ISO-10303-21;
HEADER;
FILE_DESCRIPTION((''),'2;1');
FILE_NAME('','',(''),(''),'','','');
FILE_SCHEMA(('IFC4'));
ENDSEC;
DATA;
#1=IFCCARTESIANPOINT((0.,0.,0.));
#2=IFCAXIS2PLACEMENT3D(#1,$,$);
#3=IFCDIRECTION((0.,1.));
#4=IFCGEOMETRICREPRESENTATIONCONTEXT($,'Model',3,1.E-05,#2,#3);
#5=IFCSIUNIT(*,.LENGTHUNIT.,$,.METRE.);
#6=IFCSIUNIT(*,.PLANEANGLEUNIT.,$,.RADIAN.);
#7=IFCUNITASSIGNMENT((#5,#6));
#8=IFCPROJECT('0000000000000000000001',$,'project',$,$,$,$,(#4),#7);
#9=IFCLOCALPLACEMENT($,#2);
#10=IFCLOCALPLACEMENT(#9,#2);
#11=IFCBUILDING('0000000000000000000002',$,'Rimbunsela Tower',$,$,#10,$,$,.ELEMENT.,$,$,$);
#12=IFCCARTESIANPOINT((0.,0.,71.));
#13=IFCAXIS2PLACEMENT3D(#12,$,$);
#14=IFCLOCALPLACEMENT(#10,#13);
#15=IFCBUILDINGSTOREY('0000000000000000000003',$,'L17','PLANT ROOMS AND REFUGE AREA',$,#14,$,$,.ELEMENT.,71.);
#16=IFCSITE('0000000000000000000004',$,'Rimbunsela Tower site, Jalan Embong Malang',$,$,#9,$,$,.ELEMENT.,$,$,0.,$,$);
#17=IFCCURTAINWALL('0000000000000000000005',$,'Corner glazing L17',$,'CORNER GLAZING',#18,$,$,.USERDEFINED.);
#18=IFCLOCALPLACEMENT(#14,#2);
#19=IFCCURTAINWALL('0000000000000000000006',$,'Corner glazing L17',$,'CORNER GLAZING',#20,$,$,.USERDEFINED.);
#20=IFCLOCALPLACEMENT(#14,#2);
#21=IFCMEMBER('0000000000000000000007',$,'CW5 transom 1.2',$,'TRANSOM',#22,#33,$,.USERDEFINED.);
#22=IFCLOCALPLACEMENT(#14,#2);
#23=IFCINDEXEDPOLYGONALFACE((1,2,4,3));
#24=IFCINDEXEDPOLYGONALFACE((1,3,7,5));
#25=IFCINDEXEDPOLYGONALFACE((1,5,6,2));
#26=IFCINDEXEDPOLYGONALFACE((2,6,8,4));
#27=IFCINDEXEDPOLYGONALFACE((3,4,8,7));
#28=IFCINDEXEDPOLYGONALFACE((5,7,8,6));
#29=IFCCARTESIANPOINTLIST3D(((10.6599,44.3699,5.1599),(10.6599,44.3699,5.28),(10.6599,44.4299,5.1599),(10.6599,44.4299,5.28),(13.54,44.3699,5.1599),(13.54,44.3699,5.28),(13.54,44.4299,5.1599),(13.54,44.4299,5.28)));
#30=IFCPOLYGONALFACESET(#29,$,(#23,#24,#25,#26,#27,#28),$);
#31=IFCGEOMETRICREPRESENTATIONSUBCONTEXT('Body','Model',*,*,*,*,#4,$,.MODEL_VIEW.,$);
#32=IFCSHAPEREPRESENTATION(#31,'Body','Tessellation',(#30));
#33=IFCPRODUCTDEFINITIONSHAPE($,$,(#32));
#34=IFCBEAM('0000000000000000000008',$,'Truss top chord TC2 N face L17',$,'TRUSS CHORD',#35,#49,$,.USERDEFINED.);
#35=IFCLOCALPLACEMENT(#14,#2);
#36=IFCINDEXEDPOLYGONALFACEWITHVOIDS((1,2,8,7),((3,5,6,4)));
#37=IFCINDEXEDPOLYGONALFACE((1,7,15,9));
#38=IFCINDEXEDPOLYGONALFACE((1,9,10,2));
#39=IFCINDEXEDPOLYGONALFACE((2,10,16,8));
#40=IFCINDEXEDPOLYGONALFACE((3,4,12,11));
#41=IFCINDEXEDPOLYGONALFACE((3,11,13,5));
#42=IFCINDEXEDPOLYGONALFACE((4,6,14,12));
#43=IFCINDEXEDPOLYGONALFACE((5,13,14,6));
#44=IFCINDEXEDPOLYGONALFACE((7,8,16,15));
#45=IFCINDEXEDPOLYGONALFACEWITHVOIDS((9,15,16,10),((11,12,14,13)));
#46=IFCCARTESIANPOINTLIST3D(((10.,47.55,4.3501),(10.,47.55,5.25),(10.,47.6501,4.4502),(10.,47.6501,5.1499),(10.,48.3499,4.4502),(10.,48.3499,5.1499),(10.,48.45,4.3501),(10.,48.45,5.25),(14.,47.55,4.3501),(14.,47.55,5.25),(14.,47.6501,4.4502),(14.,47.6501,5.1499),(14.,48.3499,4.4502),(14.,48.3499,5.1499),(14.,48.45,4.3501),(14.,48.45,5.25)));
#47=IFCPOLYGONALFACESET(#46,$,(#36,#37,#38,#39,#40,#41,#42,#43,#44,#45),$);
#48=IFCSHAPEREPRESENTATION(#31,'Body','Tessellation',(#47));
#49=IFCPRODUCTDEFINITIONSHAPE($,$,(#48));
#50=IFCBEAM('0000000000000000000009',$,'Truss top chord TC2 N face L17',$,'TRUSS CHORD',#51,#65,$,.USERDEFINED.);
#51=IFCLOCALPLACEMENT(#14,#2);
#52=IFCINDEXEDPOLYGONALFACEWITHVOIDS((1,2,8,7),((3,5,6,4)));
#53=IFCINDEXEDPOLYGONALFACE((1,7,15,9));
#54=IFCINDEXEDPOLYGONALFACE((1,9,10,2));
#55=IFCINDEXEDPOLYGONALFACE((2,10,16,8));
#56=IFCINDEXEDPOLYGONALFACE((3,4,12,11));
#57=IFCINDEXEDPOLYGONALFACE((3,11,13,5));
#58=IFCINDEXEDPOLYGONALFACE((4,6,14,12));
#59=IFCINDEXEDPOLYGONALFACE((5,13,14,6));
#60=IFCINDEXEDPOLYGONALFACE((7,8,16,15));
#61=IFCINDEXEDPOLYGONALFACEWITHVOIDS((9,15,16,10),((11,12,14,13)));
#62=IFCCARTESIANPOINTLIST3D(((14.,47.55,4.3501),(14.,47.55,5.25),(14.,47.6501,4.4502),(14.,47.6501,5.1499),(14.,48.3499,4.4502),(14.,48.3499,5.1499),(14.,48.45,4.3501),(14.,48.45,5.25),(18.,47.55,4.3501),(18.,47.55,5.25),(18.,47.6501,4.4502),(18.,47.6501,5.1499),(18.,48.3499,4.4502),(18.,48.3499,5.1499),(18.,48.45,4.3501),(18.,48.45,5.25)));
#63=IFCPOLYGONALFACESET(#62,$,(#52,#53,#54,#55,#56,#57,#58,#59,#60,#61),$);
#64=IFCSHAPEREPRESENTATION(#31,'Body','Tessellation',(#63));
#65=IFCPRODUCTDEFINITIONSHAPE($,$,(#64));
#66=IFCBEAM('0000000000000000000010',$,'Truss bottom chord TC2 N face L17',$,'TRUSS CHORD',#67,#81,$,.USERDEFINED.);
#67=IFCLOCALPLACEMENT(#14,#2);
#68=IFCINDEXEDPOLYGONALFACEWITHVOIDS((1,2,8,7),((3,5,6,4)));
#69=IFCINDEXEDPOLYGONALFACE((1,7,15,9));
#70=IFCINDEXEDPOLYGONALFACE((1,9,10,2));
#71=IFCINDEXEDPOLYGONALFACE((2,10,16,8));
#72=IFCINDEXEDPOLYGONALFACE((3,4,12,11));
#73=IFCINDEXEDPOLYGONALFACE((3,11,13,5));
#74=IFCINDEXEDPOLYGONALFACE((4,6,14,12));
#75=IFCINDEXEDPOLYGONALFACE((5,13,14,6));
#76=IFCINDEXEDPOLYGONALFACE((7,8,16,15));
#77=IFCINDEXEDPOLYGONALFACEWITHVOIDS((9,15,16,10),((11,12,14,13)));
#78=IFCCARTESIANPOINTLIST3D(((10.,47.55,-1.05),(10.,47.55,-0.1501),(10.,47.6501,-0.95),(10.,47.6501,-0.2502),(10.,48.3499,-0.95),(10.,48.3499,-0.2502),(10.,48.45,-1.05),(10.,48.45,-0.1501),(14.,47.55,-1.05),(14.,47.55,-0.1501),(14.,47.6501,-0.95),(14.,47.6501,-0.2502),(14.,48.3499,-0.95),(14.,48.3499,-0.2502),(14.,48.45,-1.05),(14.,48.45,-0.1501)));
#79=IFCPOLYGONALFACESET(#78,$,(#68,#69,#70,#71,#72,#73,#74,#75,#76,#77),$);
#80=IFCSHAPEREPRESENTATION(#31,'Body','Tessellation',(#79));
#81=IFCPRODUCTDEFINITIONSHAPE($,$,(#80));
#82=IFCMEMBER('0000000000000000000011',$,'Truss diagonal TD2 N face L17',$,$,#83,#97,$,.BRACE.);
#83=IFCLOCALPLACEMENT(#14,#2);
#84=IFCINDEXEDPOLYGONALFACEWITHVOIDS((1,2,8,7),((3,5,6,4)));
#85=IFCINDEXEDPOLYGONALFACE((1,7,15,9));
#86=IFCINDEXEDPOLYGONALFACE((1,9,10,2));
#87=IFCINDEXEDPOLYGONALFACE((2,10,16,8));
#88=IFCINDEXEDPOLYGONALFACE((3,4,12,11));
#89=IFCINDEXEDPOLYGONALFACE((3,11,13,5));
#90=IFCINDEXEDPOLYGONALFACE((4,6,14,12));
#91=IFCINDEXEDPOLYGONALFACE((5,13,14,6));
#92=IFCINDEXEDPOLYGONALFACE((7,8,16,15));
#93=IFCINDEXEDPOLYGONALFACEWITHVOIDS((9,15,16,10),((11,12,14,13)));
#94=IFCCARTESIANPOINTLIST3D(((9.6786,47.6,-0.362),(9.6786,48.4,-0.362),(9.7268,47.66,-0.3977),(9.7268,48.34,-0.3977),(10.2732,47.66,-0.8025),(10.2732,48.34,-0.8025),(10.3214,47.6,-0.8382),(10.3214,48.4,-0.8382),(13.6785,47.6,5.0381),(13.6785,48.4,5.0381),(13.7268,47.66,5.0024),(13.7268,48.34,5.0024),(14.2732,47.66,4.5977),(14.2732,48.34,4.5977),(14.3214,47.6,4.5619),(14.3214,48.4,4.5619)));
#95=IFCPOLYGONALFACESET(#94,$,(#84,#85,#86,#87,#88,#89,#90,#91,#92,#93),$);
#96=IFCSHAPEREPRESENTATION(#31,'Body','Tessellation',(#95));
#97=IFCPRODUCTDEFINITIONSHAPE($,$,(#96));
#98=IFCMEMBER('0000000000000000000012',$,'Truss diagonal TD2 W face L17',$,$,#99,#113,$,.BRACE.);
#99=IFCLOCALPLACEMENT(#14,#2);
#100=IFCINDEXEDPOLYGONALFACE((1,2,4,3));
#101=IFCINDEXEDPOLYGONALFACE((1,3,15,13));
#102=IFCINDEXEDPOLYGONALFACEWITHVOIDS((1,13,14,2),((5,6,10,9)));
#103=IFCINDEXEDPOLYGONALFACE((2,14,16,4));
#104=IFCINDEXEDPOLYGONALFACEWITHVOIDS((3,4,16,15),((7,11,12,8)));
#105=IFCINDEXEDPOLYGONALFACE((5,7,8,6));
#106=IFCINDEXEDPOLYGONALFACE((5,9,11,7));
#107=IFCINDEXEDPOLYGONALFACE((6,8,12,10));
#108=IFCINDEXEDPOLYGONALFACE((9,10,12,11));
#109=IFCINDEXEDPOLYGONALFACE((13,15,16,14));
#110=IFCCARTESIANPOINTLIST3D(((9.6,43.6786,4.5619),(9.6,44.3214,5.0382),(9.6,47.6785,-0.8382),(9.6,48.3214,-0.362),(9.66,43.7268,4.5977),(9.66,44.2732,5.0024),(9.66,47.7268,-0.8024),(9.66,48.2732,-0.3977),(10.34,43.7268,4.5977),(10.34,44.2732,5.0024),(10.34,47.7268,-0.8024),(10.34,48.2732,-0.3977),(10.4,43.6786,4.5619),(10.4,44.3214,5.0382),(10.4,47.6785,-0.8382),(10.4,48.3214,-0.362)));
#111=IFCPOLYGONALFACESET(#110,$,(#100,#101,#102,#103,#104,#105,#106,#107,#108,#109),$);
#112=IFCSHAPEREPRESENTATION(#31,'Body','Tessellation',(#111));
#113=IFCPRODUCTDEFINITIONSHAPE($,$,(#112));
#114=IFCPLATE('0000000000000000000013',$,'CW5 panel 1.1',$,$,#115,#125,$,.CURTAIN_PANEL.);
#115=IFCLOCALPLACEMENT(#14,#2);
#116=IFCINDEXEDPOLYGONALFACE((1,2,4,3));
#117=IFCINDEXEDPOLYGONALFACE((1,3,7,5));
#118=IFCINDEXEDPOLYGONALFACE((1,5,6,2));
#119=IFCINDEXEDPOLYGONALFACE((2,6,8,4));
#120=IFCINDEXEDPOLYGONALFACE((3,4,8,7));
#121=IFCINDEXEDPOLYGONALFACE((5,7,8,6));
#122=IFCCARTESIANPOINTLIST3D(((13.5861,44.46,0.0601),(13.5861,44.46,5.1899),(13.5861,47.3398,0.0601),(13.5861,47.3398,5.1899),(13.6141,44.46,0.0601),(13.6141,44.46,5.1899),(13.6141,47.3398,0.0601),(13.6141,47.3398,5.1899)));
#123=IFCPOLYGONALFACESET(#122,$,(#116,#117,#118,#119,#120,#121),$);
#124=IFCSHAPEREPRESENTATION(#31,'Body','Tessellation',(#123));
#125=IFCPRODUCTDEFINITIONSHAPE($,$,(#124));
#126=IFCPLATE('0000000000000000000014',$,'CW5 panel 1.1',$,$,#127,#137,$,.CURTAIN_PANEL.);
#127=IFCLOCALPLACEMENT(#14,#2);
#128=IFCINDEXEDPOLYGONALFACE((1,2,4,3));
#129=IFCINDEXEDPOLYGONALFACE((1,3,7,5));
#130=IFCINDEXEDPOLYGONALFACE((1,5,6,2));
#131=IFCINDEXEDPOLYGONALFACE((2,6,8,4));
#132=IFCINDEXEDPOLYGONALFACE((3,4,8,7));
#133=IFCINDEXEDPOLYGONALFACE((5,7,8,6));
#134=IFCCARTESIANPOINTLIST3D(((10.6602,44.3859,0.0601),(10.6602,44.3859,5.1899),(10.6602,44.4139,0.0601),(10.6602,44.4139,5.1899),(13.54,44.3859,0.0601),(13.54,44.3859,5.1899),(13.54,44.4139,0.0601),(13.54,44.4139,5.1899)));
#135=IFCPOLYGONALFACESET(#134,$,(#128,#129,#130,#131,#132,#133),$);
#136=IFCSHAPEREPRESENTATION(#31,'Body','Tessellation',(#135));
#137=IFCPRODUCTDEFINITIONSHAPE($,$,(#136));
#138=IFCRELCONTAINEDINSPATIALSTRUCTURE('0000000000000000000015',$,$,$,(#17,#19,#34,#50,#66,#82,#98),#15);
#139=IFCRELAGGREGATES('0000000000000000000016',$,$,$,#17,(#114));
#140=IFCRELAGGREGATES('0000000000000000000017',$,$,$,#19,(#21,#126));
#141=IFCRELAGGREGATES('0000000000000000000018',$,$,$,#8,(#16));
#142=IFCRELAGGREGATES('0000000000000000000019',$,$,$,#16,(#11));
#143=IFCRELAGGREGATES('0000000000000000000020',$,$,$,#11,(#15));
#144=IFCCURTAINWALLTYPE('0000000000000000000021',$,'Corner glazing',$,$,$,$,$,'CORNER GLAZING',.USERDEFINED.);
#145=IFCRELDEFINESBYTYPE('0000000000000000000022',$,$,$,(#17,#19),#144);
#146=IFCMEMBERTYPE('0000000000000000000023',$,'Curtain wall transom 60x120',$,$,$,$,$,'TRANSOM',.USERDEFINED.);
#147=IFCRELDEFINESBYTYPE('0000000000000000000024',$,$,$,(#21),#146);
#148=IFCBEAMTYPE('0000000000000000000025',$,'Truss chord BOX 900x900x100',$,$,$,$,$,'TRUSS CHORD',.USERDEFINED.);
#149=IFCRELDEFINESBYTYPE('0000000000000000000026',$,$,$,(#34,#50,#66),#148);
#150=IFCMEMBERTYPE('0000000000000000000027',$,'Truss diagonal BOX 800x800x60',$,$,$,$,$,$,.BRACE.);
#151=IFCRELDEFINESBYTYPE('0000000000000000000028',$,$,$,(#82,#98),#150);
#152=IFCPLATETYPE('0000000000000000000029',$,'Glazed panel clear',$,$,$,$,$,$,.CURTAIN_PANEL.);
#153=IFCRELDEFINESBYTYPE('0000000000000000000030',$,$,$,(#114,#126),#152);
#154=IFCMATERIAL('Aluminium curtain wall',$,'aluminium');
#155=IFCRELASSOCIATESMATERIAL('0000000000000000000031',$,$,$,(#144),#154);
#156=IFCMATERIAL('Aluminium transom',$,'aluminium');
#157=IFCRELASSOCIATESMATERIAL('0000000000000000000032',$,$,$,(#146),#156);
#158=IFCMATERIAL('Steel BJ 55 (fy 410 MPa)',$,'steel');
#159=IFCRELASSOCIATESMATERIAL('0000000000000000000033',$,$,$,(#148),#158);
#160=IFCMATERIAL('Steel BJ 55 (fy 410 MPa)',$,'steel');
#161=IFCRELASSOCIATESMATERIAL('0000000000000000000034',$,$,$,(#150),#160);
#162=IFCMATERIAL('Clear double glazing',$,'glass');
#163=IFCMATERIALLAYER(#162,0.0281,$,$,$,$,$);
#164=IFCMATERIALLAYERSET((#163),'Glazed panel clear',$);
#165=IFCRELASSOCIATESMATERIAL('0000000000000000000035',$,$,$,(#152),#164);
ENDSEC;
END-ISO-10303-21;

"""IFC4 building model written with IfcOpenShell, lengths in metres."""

from ifc_helpers import new_model, si_unit, direction, frame, origin, origin_2d, place, context, subcontext, project, spatial, rectangle, hollow_rectangle, extrude, material, layer, layer_set, material_profile, profile_set, type_object, element, aggregate, save


model = new_model("IFC4")

# Units and contexts
model_context = context("Model", 3, precision=1e-05, world=origin(), true_north=direction((0.0, 1.0)))
body_context = subcontext(model_context, "Body", "Model", "MODEL_VIEW")
ifc_project = project(units=[si_unit("LENGTHUNIT", "METRE"), si_unit("PLANEANGLEUNIT", "RADIAN")], contexts=[model_context])

# Site, building, storey
site_placement = place(None, origin())
site = spatial("IfcSite", under=ifc_project, at=site_placement, Name="Rimbunsela Tower site, Jalan Embong Malang", CompositionType="ELEMENT", RefElevation=0.0)
building_placement = place(site_placement, origin())
building = spatial("IfcBuilding", under=site, at=building_placement, Name="Rimbunsela Tower", CompositionType="ELEMENT")
storey_placement = place(building_placement, frame((0.0, 0.0, 71.0)))
storey = spatial("IfcBuildingStorey", under=building, at=storey_placement, Name="L17", Description="PLANT ROOMS AND REFUGE AREA", CompositionType="ELEMENT", Elevation=71.0)

# Curtain walls
ifc_material_1 = material(Name="Aluminium curtain wall", Category="aluminium")
curtain_wall_type_1 = type_object("IfcCurtainWallType", Name="Corner glazing", ElementType="CORNER GLAZING", PredefinedType="USERDEFINED", material=ifc_material_1)
curtain_wall_1_placement = place(storey_placement, origin())
curtain_wall_1 = element("IfcCurtainWall", 1, at=curtain_wall_1_placement, inside=storey, type_object=curtain_wall_type_1, Name="Corner glazing L17", ObjectType="CORNER GLAZING", PredefinedType="USERDEFINED")
curtain_wall_2_placement = place(storey_placement, origin())
curtain_wall_2 = element("IfcCurtainWall", 2, at=curtain_wall_2_placement, inside=storey, type_object=curtain_wall_type_1, Name="Corner glazing L17", ObjectType="CORNER GLAZING", PredefinedType="USERDEFINED")

# Member
ifc_material_2 = material(Name="Aluminium transom", Category="aluminium")
ifc_material_profile_1 = material_profile(ifc_material_2, rectangle(XDim=0.0601, YDim=0.1201, at=origin_2d()), Name="Transom 60x120")
ifc_profile_set_1 = profile_set([ifc_material_profile_1], Name="Aluminium transom")
member_type_1 = type_object("IfcMemberType", Name="Curtain wall transom 60x120", ElementType="TRANSOM", PredefinedType="USERDEFINED", material=ifc_profile_set_1)
member_1_placement = place(storey_placement, frame((13.54, 44.3999, 5.22), z_axis=(-1.0, 0.0, 0.0), x_axis=(0.0, -1.0, 0.0)))
member_1 = element("IfcMember", 3, at=member_1_placement, type_object=member_type_1, Name="CW5 transom 1.2", ObjectType="TRANSOM", PredefinedType="USERDEFINED", context=body_context, shape_type="SweptSolid", body=[
    extrude(rectangle(XDim=0.0601, YDim=0.1201, at=origin_2d()), origin(), (0.0, 0.0, 1.0), 2.8801),
])

# Beams
ifc_material_3 = material(Name="Steel BJ 55 (fy 410 MPa)", Category="steel")
ifc_material_profile_2 = material_profile(ifc_material_3, hollow_rectangle(XDim=0.8999, YDim=0.8999, WallThickness=0.1001, at=origin_2d()), Name="BOX 900x900x100")
ifc_profile_set_2 = profile_set([ifc_material_profile_2], Name="Steel BJ 55 (fy 410 MPa)")
beam_type_1 = type_object("IfcBeamType", Name="Truss chord BOX 900x900x100", ElementType="TRUSS CHORD", PredefinedType="USERDEFINED", material=ifc_profile_set_2)
for number, where, z_axis, x_axis, name in (
    (4, (10.0, 48.0, 4.8), (1.0, 0.0, 0.0), (0.0, 1.0, 0.0), "Truss top chord TC2 N face L17"),
    (5, (14.0, 48.0, 4.8), (1.0, 0.0, 0.0), (0.0, 1.0, 0.0), "Truss top chord TC2 N face L17"),
    (6, (10.0, 48.0, -0.6001), (1.0, 0.0, 0.0), (0.0, 1.0, 0.0), "Truss bottom chord TC2 N face L17"),
):
    element("IfcBeam", number, at=place(storey_placement, frame(where, z_axis=z_axis, x_axis=x_axis)), inside=storey, type_object=beam_type_1, Name=name, ObjectType="TRUSS CHORD", PredefinedType="USERDEFINED", context=body_context, shape_type="SweptSolid", body=[
        extrude(hollow_rectangle(XDim=0.8999, YDim=0.8999, WallThickness=0.1001, at=origin_2d()), origin(), (0.0, 0.0, 1.0), 4.0),
    ])

# Members
ifc_material_4 = material(Name="Steel BJ 55 (fy 410 MPa)", Category="steel")
ifc_material_profile_3 = material_profile(ifc_material_4, hollow_rectangle(XDim=0.8, YDim=0.8, WallThickness=0.0601, at=origin_2d()), Name="BOX 800x800x60")
ifc_profile_set_3 = profile_set([ifc_material_profile_3], Name="Steel BJ 55 (fy 410 MPa)")
member_type_2 = type_object("IfcMemberType", Name="Truss diagonal BOX 800x800x60", PredefinedType="BRACE", material=ifc_profile_set_3)
for number, where, z_axis, x_axis, name in (
    (7, (10.0, 48.0, -0.6001), (0.595217, 0.0, 0.803565), (0.0, 1.0, 0.0), "Truss diagonal TD2 N face L17"),
    (8, (10.0, 44.0, 4.8), (0.0, 0.595217, -0.803565), (-1.0, 0.0, 0.0), "Truss diagonal TD2 W face L17"),
):
    element("IfcMember", number, at=place(storey_placement, frame(where, z_axis=z_axis, x_axis=x_axis)), inside=storey, type_object=member_type_2, Name=name, PredefinedType="BRACE", context=body_context, shape_type="SweptSolid", body=[
        extrude(hollow_rectangle(XDim=0.8, YDim=0.8, WallThickness=0.0601, at=origin_2d()), origin(), (0.0, 0.0, 1.0), 6.7202),
    ])

# Plates
ifc_material_5 = material(Name="Clear double glazing", Category="glass")
ifc_layer_1 = layer(ifc_material_5, 0.0281)
ifc_layer_set_1 = layer_set([ifc_layer_1], Name="Glazed panel clear")
plate_type = type_object("IfcPlateType", Name="Glazed panel clear", PredefinedType="CURTAIN_PANEL", material=ifc_layer_set_1)
plate_1_placement = place(storey_placement, frame((13.6001, 45.8999, 0.0601), z_axis=(0.0, 0.0, 1.0), x_axis=(0.0, -1.0, 0.0)))
plate_1 = element("IfcPlate", 9, at=plate_1_placement, type_object=plate_type, Name="CW5 panel 1.1", PredefinedType="CURTAIN_PANEL", context=body_context, shape_type="SweptSolid", body=[
    extrude(rectangle(XDim=2.8799, YDim=0.0281, at=origin_2d()), origin(), (0.0, 0.0, 1.0), 5.1299),
])
aggregate(curtain_wall_1, [plate_1])
plate_2_placement = place(storey_placement, frame((12.1001, 44.3999, 0.0601), z_axis=(0.0, 0.0, 1.0), x_axis=(-1.0, 0.0, 0.0)))
plate_2 = element("IfcPlate", 10, at=plate_2_placement, type_object=plate_type, Name="CW5 panel 1.1", PredefinedType="CURTAIN_PANEL", context=body_context, shape_type="SweptSolid", body=[
    extrude(rectangle(XDim=2.8799, YDim=0.0281, at=origin_2d()), origin(), (0.0, 0.0, 1.0), 5.1299),
])
aggregate(curtain_wall_2, [member_1, plate_2])

save(model, "model.ifc")
